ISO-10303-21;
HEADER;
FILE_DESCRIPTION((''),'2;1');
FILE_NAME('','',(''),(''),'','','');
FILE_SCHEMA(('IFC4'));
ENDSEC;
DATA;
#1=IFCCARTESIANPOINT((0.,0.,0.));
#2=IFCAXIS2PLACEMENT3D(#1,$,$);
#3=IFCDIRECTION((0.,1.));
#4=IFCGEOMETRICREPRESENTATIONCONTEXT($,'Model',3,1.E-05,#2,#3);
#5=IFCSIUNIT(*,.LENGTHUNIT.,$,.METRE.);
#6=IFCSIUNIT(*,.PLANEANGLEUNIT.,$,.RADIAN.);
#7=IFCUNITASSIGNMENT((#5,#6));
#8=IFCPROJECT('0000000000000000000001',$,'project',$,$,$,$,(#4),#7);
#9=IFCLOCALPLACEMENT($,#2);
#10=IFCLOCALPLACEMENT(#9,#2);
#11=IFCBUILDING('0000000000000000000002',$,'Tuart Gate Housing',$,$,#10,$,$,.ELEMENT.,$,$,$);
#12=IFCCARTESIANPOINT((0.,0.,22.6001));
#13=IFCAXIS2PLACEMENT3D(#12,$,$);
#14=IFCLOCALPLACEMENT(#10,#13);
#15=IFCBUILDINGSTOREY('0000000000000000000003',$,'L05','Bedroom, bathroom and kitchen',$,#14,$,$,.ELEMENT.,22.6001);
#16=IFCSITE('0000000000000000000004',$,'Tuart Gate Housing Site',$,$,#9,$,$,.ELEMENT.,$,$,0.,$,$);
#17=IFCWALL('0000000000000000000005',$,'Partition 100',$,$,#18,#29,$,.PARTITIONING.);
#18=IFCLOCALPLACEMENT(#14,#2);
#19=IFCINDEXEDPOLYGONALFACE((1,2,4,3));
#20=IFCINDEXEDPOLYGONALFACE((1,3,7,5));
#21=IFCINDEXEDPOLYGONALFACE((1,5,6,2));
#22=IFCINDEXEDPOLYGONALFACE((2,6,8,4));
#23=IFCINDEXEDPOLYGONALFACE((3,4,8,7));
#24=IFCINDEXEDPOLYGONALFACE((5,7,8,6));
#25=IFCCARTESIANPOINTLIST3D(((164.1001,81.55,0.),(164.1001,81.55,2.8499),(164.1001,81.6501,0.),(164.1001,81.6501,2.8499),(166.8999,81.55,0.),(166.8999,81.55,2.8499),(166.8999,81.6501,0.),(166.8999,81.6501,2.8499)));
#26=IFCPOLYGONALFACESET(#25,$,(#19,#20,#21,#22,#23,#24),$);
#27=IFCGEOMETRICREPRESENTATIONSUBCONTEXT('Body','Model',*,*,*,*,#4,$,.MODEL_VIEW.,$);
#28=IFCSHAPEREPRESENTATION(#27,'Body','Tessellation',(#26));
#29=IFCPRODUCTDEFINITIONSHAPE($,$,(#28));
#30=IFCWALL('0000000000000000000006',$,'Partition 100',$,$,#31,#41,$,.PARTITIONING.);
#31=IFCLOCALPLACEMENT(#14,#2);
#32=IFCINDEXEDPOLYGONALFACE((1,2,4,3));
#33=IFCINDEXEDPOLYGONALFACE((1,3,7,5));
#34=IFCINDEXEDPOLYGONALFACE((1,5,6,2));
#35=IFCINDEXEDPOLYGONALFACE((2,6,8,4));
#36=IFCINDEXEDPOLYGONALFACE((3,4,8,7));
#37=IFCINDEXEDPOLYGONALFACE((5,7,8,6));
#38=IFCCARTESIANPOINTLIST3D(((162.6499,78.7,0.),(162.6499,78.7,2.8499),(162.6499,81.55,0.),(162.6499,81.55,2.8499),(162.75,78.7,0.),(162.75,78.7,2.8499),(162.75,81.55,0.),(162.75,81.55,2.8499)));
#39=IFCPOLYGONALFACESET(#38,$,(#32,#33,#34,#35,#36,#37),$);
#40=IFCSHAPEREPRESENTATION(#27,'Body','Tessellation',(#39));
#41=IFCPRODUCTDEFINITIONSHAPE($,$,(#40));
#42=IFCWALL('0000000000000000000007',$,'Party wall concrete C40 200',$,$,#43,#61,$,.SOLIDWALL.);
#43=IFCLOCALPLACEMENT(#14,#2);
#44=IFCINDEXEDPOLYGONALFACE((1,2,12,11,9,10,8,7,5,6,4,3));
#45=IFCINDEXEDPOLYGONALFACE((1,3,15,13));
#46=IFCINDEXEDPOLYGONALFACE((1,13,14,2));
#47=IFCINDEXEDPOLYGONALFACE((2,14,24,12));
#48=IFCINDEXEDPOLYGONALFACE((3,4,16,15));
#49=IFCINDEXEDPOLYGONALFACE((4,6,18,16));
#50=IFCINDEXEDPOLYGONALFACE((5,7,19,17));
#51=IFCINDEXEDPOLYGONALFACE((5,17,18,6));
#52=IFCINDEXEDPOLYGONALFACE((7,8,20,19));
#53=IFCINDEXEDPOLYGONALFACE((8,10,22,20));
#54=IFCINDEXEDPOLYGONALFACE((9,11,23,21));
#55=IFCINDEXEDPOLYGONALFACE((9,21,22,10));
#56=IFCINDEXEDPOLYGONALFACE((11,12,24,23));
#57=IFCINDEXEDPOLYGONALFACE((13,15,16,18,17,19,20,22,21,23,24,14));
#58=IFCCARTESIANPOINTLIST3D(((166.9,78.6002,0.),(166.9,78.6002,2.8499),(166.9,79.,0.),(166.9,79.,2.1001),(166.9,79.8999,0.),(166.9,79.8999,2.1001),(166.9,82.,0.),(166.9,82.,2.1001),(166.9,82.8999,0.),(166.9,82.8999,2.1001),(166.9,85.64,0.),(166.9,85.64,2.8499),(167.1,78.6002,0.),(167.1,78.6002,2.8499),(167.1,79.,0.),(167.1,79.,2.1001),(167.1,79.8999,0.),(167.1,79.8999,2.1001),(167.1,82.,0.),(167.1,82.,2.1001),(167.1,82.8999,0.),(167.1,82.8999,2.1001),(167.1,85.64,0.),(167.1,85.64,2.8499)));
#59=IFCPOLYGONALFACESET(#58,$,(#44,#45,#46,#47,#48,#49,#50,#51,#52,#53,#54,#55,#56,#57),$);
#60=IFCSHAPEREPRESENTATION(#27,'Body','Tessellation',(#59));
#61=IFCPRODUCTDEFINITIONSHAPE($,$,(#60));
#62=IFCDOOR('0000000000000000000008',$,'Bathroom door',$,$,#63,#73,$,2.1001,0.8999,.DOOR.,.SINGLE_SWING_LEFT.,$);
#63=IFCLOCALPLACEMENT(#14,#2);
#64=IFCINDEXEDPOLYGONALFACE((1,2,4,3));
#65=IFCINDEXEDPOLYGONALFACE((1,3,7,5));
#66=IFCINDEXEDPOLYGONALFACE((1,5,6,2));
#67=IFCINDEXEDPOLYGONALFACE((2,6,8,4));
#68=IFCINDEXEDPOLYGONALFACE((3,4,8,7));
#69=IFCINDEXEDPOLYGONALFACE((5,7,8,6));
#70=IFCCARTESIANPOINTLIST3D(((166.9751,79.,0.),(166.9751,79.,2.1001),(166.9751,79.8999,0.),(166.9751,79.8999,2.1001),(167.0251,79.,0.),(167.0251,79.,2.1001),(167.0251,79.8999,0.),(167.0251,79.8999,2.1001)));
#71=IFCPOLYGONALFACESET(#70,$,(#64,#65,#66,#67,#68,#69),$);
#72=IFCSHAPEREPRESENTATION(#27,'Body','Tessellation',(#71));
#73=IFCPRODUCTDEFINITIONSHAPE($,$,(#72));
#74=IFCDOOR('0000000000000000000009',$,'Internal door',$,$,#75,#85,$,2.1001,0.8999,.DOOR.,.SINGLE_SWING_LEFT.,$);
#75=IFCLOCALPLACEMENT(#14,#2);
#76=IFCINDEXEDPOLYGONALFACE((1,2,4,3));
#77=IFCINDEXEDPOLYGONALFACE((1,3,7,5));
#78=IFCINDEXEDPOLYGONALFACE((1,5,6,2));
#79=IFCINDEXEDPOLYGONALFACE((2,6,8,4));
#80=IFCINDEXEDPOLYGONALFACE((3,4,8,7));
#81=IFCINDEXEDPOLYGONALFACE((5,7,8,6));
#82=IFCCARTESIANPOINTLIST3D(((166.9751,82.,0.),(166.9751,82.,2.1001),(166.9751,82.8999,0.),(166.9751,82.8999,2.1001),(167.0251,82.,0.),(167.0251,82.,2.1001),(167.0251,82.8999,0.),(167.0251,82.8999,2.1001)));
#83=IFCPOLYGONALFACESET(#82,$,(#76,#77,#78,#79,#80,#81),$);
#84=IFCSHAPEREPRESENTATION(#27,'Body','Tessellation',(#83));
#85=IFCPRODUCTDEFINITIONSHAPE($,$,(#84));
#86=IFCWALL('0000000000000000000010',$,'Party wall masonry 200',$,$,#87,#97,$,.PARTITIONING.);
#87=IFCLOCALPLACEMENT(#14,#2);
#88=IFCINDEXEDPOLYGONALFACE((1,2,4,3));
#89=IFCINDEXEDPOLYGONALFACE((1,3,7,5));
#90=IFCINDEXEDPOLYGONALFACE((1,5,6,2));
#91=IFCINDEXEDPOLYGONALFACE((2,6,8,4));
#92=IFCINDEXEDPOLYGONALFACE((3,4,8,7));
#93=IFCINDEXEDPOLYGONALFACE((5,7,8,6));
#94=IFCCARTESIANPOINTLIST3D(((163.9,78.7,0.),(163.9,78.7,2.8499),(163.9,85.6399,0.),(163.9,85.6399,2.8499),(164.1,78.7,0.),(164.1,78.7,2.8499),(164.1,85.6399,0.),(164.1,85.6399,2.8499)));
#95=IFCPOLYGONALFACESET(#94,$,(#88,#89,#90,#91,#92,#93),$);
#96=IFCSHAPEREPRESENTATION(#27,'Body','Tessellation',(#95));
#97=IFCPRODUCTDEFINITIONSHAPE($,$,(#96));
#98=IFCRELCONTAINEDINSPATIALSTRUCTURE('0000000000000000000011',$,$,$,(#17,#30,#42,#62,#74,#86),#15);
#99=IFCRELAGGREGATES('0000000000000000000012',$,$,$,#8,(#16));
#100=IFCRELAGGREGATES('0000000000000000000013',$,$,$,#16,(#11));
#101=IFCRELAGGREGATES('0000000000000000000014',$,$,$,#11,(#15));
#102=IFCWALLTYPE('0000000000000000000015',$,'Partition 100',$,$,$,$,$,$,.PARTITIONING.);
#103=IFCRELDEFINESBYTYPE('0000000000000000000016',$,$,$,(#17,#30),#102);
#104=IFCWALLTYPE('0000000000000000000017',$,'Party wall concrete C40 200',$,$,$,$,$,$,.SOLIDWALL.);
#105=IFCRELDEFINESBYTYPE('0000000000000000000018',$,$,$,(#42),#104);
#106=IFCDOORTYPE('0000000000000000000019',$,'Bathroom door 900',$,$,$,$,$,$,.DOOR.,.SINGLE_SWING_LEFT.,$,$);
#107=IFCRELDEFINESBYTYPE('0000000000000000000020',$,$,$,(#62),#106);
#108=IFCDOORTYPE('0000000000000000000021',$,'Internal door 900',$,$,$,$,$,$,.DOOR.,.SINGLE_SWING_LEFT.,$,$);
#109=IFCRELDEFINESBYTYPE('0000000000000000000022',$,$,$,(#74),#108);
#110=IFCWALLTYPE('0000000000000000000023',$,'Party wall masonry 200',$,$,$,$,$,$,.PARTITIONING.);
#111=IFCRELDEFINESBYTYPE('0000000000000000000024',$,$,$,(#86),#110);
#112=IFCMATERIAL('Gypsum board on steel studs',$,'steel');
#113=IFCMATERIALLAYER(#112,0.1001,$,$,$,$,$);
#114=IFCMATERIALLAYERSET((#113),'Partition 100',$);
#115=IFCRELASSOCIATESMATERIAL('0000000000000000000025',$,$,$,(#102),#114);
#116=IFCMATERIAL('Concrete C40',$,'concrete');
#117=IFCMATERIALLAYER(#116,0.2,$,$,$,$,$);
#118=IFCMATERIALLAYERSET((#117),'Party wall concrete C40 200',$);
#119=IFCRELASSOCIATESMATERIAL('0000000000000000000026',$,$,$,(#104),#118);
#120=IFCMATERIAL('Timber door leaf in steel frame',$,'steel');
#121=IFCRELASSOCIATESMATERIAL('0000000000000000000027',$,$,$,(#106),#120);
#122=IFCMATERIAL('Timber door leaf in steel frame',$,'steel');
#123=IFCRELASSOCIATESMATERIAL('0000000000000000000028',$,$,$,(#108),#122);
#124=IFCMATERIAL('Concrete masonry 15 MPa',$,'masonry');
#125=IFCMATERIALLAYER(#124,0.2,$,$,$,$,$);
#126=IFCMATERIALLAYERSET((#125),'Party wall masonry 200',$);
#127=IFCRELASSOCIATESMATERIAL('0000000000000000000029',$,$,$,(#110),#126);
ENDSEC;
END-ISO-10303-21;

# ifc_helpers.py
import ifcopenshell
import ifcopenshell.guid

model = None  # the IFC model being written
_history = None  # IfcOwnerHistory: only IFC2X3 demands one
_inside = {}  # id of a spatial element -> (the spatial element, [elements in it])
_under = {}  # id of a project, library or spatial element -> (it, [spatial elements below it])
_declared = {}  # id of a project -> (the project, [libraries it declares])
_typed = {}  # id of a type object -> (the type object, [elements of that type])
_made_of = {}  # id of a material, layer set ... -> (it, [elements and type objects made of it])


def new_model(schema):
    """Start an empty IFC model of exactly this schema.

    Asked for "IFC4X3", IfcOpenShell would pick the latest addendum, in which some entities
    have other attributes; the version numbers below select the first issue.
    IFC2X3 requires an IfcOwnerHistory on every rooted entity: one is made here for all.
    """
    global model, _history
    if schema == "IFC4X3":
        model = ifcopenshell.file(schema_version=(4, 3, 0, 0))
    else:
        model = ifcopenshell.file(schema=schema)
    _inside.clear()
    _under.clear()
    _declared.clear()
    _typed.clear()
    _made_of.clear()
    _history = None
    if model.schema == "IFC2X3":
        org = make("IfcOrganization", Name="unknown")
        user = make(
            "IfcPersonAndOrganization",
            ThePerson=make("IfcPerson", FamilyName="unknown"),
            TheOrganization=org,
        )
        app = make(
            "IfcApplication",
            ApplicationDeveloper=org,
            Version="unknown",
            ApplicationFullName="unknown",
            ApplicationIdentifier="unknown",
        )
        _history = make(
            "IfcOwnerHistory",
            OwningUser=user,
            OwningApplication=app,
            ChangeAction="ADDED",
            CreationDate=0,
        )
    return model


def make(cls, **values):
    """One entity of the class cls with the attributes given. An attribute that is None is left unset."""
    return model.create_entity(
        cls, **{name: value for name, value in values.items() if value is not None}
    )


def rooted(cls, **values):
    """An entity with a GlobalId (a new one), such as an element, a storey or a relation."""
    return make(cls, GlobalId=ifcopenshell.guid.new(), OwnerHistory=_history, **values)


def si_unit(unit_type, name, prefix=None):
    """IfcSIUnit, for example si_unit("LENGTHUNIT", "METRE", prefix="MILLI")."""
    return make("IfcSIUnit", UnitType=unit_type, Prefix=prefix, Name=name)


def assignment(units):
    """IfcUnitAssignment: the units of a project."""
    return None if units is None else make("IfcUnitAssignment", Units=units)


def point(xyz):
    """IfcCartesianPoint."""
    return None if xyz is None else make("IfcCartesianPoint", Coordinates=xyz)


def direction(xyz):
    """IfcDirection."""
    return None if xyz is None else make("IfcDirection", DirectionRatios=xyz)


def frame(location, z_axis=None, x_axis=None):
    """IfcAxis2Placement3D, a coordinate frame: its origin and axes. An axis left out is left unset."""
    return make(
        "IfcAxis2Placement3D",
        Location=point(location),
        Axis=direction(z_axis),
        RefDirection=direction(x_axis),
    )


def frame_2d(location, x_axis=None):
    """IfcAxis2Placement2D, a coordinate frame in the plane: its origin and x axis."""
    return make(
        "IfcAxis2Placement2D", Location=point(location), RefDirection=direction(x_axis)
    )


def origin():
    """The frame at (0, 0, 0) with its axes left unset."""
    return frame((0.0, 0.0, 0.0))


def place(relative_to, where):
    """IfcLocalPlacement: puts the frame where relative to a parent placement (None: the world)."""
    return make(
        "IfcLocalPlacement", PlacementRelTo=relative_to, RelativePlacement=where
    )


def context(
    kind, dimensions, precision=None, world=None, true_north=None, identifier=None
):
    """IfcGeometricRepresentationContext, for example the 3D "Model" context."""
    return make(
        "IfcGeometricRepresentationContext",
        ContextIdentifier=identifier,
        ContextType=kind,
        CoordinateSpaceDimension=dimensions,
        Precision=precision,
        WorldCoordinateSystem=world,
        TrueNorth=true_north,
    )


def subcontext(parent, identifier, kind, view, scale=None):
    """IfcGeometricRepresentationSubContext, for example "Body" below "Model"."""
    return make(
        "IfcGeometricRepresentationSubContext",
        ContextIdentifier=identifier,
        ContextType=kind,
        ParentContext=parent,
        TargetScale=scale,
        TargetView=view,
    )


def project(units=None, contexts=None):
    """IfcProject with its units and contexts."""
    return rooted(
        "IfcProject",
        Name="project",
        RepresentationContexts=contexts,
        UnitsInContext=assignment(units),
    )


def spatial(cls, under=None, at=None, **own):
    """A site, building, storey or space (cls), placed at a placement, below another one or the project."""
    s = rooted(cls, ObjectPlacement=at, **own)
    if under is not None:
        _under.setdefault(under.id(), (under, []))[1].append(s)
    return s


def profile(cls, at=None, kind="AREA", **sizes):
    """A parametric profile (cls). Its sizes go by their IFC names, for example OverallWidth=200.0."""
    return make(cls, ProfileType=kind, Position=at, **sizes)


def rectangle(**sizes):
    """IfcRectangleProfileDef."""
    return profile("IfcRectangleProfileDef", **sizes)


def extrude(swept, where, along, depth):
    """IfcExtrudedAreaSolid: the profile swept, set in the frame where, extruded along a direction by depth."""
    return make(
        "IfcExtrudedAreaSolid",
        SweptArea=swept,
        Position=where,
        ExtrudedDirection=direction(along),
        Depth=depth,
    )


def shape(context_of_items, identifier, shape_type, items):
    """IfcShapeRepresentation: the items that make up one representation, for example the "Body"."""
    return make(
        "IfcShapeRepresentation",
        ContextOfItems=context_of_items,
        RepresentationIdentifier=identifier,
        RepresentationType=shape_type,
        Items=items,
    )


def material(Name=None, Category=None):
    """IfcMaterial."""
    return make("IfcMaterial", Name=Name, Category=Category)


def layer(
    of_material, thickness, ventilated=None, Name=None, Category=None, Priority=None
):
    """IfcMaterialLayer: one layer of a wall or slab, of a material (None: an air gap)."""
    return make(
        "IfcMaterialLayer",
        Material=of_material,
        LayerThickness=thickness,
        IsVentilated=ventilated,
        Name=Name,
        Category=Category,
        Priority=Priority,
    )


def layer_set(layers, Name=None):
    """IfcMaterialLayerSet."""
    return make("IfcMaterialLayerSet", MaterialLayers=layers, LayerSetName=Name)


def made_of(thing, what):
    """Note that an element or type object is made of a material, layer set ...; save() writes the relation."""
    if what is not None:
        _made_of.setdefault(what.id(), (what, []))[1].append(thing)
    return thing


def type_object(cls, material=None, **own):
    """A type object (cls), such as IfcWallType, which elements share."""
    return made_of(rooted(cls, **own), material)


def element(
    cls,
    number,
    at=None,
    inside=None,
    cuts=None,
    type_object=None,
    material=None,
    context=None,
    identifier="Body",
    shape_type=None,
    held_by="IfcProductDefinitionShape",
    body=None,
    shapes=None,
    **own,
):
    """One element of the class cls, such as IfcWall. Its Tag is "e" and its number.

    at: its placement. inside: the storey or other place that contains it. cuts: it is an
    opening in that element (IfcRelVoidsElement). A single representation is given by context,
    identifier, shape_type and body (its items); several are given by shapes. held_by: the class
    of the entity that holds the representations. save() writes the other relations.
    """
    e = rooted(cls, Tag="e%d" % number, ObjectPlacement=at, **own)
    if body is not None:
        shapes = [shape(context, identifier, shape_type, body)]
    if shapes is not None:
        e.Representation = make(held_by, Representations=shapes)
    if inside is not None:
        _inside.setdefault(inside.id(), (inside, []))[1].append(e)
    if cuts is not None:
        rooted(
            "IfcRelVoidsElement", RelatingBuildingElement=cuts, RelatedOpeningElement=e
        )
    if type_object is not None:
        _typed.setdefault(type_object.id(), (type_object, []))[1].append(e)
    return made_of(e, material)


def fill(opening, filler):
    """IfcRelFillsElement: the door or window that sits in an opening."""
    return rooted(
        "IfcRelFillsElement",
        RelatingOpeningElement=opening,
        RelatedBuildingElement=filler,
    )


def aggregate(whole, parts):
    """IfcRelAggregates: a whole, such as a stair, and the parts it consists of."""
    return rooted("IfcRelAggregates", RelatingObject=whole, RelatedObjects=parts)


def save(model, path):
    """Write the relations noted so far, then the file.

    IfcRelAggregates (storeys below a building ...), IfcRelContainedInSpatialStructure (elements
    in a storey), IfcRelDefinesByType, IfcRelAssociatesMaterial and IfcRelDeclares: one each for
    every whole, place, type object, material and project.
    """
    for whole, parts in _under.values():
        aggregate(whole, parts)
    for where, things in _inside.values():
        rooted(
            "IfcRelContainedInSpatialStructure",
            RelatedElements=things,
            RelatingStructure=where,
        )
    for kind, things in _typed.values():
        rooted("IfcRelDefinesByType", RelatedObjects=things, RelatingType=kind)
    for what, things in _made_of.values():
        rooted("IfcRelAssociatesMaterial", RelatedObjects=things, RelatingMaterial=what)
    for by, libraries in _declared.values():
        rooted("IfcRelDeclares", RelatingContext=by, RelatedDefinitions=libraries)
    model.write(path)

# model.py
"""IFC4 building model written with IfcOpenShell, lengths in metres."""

from ifc_helpers import new_model, si_unit, direction, frame, frame_2d, origin, place, context, subcontext, project, spatial, rectangle, extrude, material, layer, layer_set, type_object, element, fill, save


model = new_model("IFC4")

# Units and contexts
model_context = context("Model", 3, precision=1e-05, world=origin(), true_north=direction((0.0, 1.0)))
body_context = subcontext(model_context, "Body", "Model", "MODEL_VIEW")
ifc_project = project(units=[si_unit("LENGTHUNIT", "METRE"), si_unit("PLANEANGLEUNIT", "RADIAN")], contexts=[model_context])

# Site, building, storey
site_placement = place(None, origin())
site = spatial("IfcSite", under=ifc_project, at=site_placement, Name="Tuart Gate Housing Site", CompositionType="ELEMENT", RefElevation=0.0)
building_placement = place(site_placement, origin())
building = spatial("IfcBuilding", under=site, at=building_placement, Name="Tuart Gate Housing", CompositionType="ELEMENT")
storey_placement = place(building_placement, frame((0.0, 0.0, 22.6001)))
storey = spatial("IfcBuildingStorey", under=building, at=storey_placement, Name="L05", Description="Bedroom, bathroom and kitchen", CompositionType="ELEMENT", Elevation=22.6001)

# Walls
ifc_material_1 = material(Name="Gypsum board on steel studs", Category="steel")
ifc_layer_1 = layer(ifc_material_1, 0.1001)
ifc_layer_set_1 = layer_set([ifc_layer_1], Name="Partition 100")
wall_type_1 = type_object("IfcWallType", Name="Partition 100", PredefinedType="PARTITIONING", material=ifc_layer_set_1)
wall_1_placement = place(storey_placement, frame((164.1001, 81.6001, 0.0), z_axis=(0.0, 0.0, 1.0), x_axis=(1.0, 0.0, 0.0)))
element("IfcWall", 1, at=wall_1_placement, inside=storey, type_object=wall_type_1, Name="Partition 100", PredefinedType="PARTITIONING", context=body_context, shape_type="SweptSolid", body=[
    extrude(rectangle(XDim=2.7998, YDim=0.1001, at=frame_2d((1.3999, 0.0))), origin(), (0.0, 0.0, 1.0), 2.8499),
])
wall_2_placement = place(storey_placement, frame((162.7, 78.7, 0.0), z_axis=(0.0, 0.0, 1.0), x_axis=(0.0, 1.0, 0.0)))
element("IfcWall", 2, at=wall_2_placement, inside=storey, type_object=wall_type_1, Name="Partition 100", PredefinedType="PARTITIONING", context=body_context, shape_type="SweptSolid", body=[
    extrude(rectangle(XDim=2.8501, YDim=0.1001, at=frame_2d((1.425, 0.0))), origin(), (0.0, 0.0, 1.0), 2.8499),
])

# Wall, openings, doors
ifc_material_2 = material(Name="Concrete C40", Category="concrete")
ifc_layer_2 = layer(ifc_material_2, 0.2)
ifc_layer_set_2 = layer_set([ifc_layer_2], Name="Party wall concrete C40 200")
wall_type_2 = type_object("IfcWallType", Name="Party wall concrete C40 200", PredefinedType="SOLIDWALL", material=ifc_layer_set_2)
wall_3_placement = place(storey_placement, frame((167.0, 78.6001, 0.0), z_axis=(0.0, 0.0, 1.0), x_axis=(0.0, 1.0, 0.0)))
wall_3 = element("IfcWall", 3, at=wall_3_placement, inside=storey, type_object=wall_type_2, Name="Party wall concrete C40 200", PredefinedType="SOLIDWALL", context=body_context, shape_type="SweptSolid", body=[
    extrude(rectangle(XDim=7.0398, YDim=0.2, at=frame_2d((3.52, 0.0))), origin(), (0.0, 0.0, 1.0), 2.8499),
])
opening_1_placement = place(wall_3_placement, frame((3.3999, 0.0, 0.0)))
opening_1 = element("IfcOpeningElement", 4, at=opening_1_placement, cuts=wall_3, PredefinedType="OPENING", context=body_context, shape_type="SweptSolid", body=[
    extrude(rectangle(XDim=0.8999, YDim=2.1001, at=frame_2d((0.45, 1.05))), frame((0.0, 0.1099, 0.0), z_axis=(0.0, -1.0, 0.0), x_axis=(1.0, 0.0, 0.0)), (0.0, 0.0, 1.0), 0.22),
])
opening_2_placement = place(wall_3_placement, frame((0.3999, 0.0, 0.0)))
opening_2 = element("IfcOpeningElement", 5, at=opening_2_placement, cuts=wall_3, PredefinedType="OPENING", context=body_context, shape_type="SweptSolid", body=[
    extrude(rectangle(XDim=0.8999, YDim=2.1001, at=frame_2d((0.45, 1.05))), frame((0.0, 0.1099, 0.0), z_axis=(0.0, -1.0, 0.0), x_axis=(1.0, 0.0, 0.0)), (0.0, 0.0, 1.0), 0.22),
])
ifc_material_3 = material(Name="Timber door leaf in steel frame", Category="steel")
door_type_1 = type_object("IfcDoorType", Name="Bathroom door 900", OperationType="SINGLE_SWING_LEFT", PredefinedType="DOOR", material=ifc_material_3)
door_1_placement = place(opening_2_placement, origin())
door_1 = element("IfcDoor", 6, at=door_1_placement, inside=storey, type_object=door_type_1, Name="Bathroom door", OperationType="SINGLE_SWING_LEFT", OverallHeight=2.1001, OverallWidth=0.8999, PredefinedType="DOOR", context=body_context, shape_type="SweptSolid", body=[
    extrude(rectangle(XDim=0.8999, YDim=2.1001, at=frame_2d((0.45, 1.05))), frame((0.0, 0.0249, 0.0), z_axis=(0.0, -1.0, 0.0), x_axis=(1.0, 0.0, 0.0)), (0.0, 0.0, 1.0), 0.05),
])
fill(opening_2, door_1)
ifc_material_4 = material(Name="Timber door leaf in steel frame", Category="steel")
door_type_2 = type_object("IfcDoorType", Name="Internal door 900", OperationType="SINGLE_SWING_LEFT", PredefinedType="DOOR", material=ifc_material_4)
door_2_placement = place(opening_1_placement, origin())
door_2 = element("IfcDoor", 7, at=door_2_placement, inside=storey, type_object=door_type_2, Name="Internal door", OperationType="SINGLE_SWING_LEFT", OverallHeight=2.1001, OverallWidth=0.8999, PredefinedType="DOOR", context=body_context, shape_type="SweptSolid", body=[
    extrude(rectangle(XDim=0.8999, YDim=2.1001, at=frame_2d((0.45, 1.05))), frame((0.0, 0.0249, 0.0), z_axis=(0.0, -1.0, 0.0), x_axis=(1.0, 0.0, 0.0)), (0.0, 0.0, 1.0), 0.05),
])
fill(opening_1, door_2)

# Wall
ifc_material_5 = material(Name="Concrete masonry 15 MPa", Category="masonry")
ifc_layer_3 = layer(ifc_material_5, 0.2)
ifc_layer_set_3 = layer_set([ifc_layer_3], Name="Party wall masonry 200")
wall_type_3 = type_object("IfcWallType", Name="Party wall masonry 200", PredefinedType="PARTITIONING", material=ifc_layer_set_3)
wall_4_placement = place(storey_placement, frame((164.0, 78.7, 0.0), z_axis=(0.0, 0.0, 1.0), x_axis=(0.0, 1.0, 0.0)))
element("IfcWall", 8, at=wall_4_placement, inside=storey, type_object=wall_type_3, Name="Party wall masonry 200", PredefinedType="PARTITIONING", context=body_context, shape_type="SweptSolid", body=[
    extrude(rectangle(XDim=6.9399, YDim=0.2, at=frame_2d((3.47, 0.0))), origin(), (0.0, 0.0, 1.0), 2.8499),
])

save(model, "model.ifc")
